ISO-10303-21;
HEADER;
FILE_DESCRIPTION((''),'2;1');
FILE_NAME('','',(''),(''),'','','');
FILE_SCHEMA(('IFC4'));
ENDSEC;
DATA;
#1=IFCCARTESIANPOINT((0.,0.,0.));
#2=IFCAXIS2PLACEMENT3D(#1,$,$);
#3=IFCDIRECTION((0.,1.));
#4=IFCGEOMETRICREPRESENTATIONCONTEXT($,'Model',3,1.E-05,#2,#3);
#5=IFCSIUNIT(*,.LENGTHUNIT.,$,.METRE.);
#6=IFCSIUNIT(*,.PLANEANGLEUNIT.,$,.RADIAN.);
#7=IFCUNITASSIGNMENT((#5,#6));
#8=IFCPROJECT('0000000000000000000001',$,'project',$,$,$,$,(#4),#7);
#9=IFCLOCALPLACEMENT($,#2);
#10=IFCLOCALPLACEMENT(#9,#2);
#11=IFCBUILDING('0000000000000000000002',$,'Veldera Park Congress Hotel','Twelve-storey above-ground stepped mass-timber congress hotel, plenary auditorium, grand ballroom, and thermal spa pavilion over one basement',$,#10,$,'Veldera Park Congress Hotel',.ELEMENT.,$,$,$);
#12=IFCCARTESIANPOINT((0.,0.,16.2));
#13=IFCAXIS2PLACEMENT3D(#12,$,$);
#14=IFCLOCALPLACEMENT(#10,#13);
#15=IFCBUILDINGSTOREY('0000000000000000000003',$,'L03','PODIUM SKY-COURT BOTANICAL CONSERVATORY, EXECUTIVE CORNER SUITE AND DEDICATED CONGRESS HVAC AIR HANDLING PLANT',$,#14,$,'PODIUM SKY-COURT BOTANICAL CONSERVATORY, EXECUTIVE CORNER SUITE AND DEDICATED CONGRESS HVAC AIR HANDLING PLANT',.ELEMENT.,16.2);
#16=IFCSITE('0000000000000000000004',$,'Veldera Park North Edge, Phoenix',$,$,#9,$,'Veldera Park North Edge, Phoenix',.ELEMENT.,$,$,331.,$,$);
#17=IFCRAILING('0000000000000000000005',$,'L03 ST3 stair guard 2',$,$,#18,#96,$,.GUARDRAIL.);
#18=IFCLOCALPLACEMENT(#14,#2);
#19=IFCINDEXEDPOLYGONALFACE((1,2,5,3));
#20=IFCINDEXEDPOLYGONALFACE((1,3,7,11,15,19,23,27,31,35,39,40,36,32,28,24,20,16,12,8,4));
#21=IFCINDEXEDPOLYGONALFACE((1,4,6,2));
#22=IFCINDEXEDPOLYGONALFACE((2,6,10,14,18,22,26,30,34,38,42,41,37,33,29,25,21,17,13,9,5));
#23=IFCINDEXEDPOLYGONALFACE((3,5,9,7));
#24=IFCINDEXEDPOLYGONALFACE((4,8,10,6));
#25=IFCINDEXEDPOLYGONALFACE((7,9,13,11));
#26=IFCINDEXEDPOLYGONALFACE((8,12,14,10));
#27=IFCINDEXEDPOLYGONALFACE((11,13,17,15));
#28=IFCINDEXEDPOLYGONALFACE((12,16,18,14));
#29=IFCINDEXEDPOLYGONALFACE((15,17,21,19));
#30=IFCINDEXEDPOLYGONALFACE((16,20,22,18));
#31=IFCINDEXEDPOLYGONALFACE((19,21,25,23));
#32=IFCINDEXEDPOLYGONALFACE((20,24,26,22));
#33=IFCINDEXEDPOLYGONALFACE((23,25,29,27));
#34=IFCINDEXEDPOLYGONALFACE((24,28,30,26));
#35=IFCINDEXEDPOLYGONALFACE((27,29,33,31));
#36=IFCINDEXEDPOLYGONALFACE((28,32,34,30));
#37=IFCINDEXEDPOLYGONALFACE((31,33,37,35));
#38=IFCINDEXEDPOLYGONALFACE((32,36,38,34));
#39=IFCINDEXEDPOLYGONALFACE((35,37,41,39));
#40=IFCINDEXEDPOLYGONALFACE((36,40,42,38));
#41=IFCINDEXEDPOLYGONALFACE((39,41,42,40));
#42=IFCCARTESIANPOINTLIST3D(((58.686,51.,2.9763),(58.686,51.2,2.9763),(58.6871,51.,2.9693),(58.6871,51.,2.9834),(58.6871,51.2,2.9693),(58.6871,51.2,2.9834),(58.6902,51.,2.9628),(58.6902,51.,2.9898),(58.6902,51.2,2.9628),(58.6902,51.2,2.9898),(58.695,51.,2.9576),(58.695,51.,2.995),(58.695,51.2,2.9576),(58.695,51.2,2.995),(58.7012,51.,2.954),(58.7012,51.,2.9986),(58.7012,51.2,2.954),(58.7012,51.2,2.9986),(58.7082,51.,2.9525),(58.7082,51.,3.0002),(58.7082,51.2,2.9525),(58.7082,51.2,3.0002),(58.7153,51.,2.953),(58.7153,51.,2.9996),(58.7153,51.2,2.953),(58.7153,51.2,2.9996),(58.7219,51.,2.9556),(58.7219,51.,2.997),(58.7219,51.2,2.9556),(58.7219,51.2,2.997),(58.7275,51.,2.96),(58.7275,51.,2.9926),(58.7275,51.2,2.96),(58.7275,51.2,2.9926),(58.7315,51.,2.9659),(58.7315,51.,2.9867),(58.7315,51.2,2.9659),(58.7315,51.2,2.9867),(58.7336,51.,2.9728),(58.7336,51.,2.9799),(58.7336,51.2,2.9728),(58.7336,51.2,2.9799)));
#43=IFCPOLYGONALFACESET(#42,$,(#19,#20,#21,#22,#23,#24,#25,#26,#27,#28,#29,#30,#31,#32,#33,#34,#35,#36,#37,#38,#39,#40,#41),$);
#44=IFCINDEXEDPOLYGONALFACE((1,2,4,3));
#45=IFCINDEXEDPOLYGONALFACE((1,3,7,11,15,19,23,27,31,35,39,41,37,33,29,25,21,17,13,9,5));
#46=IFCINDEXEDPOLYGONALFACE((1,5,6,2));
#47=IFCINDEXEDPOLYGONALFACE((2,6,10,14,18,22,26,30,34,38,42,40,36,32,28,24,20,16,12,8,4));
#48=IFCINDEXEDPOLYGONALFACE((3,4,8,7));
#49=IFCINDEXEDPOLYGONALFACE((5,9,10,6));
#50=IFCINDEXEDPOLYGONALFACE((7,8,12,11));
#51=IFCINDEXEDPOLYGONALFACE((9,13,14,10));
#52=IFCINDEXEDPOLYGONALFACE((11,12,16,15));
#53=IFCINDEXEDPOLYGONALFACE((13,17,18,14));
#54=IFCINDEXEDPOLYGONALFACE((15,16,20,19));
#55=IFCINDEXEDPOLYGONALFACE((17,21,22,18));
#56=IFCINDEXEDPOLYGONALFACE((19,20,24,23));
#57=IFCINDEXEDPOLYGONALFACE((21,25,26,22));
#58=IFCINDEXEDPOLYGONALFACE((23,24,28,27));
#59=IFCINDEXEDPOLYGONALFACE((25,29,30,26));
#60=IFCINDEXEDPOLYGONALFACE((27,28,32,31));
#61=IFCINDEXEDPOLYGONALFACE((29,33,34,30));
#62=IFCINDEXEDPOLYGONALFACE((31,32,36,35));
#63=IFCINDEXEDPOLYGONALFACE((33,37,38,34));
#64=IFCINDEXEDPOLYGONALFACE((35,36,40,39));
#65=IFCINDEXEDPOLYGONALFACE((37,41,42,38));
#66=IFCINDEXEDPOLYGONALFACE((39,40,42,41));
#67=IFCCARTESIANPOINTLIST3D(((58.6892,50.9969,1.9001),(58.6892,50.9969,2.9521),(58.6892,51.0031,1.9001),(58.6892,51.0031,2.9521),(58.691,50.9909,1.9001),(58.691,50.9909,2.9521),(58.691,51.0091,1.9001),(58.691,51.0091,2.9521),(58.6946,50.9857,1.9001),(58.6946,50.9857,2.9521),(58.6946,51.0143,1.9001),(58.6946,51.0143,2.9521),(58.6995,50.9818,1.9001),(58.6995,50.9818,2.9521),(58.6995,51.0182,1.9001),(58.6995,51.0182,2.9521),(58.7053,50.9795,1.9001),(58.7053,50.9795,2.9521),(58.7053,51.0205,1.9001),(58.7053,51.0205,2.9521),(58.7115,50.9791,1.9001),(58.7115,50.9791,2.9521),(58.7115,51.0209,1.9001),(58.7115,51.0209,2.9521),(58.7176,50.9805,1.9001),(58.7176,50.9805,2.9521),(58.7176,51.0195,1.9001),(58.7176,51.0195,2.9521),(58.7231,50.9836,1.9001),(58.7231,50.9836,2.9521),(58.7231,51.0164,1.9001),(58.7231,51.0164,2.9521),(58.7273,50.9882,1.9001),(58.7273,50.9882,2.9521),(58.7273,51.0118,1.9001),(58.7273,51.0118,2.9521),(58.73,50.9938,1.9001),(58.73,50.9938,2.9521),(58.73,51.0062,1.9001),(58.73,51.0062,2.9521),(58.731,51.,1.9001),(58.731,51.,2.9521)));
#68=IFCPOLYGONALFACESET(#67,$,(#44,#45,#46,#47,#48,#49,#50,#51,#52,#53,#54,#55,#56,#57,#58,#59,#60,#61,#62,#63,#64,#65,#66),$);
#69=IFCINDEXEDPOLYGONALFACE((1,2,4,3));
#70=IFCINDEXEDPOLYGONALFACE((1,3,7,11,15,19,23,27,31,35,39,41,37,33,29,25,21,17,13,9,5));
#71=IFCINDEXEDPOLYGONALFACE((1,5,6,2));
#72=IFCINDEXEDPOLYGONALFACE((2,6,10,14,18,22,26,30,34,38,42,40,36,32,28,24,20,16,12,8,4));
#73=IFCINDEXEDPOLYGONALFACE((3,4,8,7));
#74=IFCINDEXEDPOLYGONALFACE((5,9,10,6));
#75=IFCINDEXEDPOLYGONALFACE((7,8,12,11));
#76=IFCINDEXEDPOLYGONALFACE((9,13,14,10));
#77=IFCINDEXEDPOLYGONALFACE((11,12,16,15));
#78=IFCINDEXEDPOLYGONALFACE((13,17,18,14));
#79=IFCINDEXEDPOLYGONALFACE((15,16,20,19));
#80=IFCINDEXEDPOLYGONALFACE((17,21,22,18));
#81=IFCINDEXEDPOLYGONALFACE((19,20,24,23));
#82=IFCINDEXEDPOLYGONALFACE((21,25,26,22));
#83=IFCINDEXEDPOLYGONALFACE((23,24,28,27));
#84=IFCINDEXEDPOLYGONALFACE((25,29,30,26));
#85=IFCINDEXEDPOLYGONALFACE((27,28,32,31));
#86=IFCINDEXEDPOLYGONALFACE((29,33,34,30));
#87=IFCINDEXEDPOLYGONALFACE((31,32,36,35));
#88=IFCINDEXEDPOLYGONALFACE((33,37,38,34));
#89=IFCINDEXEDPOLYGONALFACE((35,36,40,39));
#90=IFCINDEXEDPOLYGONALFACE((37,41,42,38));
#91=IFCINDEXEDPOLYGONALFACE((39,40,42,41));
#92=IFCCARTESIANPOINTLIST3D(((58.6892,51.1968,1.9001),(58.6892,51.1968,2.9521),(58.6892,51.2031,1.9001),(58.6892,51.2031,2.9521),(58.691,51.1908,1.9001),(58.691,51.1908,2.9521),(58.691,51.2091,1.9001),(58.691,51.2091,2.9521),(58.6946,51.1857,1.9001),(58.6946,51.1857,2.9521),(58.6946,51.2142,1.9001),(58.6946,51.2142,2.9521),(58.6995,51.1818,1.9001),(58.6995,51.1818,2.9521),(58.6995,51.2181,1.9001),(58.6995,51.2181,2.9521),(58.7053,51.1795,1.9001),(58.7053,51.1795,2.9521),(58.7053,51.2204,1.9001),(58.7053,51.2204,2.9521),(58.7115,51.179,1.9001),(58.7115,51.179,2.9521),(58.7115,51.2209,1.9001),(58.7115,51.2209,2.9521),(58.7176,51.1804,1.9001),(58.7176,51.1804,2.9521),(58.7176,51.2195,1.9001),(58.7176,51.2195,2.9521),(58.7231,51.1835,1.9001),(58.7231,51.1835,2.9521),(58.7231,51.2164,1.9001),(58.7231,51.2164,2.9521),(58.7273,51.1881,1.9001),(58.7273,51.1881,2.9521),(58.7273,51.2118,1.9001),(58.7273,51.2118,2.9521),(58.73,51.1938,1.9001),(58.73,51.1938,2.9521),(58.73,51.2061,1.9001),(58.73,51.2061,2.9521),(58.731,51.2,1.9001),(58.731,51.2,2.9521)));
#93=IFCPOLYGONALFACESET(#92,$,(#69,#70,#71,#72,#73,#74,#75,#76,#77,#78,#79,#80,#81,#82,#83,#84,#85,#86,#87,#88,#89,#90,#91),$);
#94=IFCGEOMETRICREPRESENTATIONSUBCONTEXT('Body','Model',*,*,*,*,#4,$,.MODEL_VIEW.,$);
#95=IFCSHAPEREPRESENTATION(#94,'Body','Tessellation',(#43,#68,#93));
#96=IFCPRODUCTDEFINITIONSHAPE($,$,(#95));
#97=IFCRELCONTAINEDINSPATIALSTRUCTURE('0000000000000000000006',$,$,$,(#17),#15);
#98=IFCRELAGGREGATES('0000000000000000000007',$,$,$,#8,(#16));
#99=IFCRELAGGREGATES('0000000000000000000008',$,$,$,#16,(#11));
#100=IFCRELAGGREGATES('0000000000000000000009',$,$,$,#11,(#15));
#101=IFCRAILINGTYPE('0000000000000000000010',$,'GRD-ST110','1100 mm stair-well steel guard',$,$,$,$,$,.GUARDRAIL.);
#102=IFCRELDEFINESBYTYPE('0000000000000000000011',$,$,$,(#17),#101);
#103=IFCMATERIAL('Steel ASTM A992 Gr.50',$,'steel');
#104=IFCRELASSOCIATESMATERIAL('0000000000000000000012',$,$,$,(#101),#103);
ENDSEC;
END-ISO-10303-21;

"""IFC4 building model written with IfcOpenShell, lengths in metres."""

from ifc_helpers import new_model, si_unit, direction, frame, origin, origin_2d, place, context, subcontext, project, spatial, circle, extrude, material, type_object, element, save


model = new_model("IFC4")

# Units and contexts
model_context = context("Model", 3, precision=1e-05, world=origin(), true_north=direction((0.0, 1.0)))
body_context = subcontext(model_context, "Body", "Model", "MODEL_VIEW")
ifc_project = project(units=[si_unit("LENGTHUNIT", "METRE"), si_unit("PLANEANGLEUNIT", "RADIAN")], contexts=[model_context])

# Site, building, storey
site_placement = place(None, origin())
site = spatial("IfcSite", under=ifc_project, at=site_placement, Name="Veldera Park North Edge, Phoenix", LongName="Veldera Park North Edge, Phoenix", CompositionType="ELEMENT", RefElevation=331.0)
building_placement = place(site_placement, origin())
building = spatial("IfcBuilding", under=site, at=building_placement, Name="Veldera Park Congress Hotel", Description="Twelve-storey above-ground stepped mass-timber congress hotel, plenary auditorium, grand ballroom, and thermal spa pavilion over one basement", LongName="Veldera Park Congress Hotel", CompositionType="ELEMENT")
storey_placement = place(building_placement, frame((0.0, 0.0, 16.2)))
storey = spatial("IfcBuildingStorey", under=building, at=storey_placement, Name="L03", Description="PODIUM SKY-COURT BOTANICAL CONSERVATORY, EXECUTIVE CORNER SUITE AND DEDICATED CONGRESS HVAC AIR HANDLING PLANT", LongName="PODIUM SKY-COURT BOTANICAL CONSERVATORY, EXECUTIVE CORNER SUITE AND DEDICATED CONGRESS HVAC AIR HANDLING PLANT", CompositionType="ELEMENT", Elevation=16.2)

# Railing
ifc_material_1 = material(Name="Steel ASTM A992 Gr.50", Category="steel")
railing_type_1 = type_object("IfcRailingType", Name="GRD-ST110", Description="1100 mm stair-well steel guard", PredefinedType="GUARDRAIL", material=ifc_material_1)
railing_1_placement = place(storey_placement, frame((58.71, 51.0, 1.9001)))
element("IfcRailing", 1, at=railing_1_placement, inside=storey, type_object=railing_type_1, Name="L03 ST3 stair guard 2", PredefinedType="GUARDRAIL", context=body_context, shape_type="SweptSolid", body=[
    extrude(circle(Radius=0.0239, at=origin_2d()), frame((0.0, 0.0, 1.0762), z_axis=(0.0, 1.0, 0.0), x_axis=(-1.0, 0.0, 0.0)), (0.0, 0.0, 1.0), 0.2),
    extrude(circle(Radius=0.021, at=origin_2d()), origin(), (0.0, 0.0, 1.0), 1.052),
    extrude(circle(Radius=0.021, at=origin_2d()), frame((0.0, 0.2, 0.0)), (0.0, 0.0, 1.0), 1.052),
])

save(model, "model.ifc")
